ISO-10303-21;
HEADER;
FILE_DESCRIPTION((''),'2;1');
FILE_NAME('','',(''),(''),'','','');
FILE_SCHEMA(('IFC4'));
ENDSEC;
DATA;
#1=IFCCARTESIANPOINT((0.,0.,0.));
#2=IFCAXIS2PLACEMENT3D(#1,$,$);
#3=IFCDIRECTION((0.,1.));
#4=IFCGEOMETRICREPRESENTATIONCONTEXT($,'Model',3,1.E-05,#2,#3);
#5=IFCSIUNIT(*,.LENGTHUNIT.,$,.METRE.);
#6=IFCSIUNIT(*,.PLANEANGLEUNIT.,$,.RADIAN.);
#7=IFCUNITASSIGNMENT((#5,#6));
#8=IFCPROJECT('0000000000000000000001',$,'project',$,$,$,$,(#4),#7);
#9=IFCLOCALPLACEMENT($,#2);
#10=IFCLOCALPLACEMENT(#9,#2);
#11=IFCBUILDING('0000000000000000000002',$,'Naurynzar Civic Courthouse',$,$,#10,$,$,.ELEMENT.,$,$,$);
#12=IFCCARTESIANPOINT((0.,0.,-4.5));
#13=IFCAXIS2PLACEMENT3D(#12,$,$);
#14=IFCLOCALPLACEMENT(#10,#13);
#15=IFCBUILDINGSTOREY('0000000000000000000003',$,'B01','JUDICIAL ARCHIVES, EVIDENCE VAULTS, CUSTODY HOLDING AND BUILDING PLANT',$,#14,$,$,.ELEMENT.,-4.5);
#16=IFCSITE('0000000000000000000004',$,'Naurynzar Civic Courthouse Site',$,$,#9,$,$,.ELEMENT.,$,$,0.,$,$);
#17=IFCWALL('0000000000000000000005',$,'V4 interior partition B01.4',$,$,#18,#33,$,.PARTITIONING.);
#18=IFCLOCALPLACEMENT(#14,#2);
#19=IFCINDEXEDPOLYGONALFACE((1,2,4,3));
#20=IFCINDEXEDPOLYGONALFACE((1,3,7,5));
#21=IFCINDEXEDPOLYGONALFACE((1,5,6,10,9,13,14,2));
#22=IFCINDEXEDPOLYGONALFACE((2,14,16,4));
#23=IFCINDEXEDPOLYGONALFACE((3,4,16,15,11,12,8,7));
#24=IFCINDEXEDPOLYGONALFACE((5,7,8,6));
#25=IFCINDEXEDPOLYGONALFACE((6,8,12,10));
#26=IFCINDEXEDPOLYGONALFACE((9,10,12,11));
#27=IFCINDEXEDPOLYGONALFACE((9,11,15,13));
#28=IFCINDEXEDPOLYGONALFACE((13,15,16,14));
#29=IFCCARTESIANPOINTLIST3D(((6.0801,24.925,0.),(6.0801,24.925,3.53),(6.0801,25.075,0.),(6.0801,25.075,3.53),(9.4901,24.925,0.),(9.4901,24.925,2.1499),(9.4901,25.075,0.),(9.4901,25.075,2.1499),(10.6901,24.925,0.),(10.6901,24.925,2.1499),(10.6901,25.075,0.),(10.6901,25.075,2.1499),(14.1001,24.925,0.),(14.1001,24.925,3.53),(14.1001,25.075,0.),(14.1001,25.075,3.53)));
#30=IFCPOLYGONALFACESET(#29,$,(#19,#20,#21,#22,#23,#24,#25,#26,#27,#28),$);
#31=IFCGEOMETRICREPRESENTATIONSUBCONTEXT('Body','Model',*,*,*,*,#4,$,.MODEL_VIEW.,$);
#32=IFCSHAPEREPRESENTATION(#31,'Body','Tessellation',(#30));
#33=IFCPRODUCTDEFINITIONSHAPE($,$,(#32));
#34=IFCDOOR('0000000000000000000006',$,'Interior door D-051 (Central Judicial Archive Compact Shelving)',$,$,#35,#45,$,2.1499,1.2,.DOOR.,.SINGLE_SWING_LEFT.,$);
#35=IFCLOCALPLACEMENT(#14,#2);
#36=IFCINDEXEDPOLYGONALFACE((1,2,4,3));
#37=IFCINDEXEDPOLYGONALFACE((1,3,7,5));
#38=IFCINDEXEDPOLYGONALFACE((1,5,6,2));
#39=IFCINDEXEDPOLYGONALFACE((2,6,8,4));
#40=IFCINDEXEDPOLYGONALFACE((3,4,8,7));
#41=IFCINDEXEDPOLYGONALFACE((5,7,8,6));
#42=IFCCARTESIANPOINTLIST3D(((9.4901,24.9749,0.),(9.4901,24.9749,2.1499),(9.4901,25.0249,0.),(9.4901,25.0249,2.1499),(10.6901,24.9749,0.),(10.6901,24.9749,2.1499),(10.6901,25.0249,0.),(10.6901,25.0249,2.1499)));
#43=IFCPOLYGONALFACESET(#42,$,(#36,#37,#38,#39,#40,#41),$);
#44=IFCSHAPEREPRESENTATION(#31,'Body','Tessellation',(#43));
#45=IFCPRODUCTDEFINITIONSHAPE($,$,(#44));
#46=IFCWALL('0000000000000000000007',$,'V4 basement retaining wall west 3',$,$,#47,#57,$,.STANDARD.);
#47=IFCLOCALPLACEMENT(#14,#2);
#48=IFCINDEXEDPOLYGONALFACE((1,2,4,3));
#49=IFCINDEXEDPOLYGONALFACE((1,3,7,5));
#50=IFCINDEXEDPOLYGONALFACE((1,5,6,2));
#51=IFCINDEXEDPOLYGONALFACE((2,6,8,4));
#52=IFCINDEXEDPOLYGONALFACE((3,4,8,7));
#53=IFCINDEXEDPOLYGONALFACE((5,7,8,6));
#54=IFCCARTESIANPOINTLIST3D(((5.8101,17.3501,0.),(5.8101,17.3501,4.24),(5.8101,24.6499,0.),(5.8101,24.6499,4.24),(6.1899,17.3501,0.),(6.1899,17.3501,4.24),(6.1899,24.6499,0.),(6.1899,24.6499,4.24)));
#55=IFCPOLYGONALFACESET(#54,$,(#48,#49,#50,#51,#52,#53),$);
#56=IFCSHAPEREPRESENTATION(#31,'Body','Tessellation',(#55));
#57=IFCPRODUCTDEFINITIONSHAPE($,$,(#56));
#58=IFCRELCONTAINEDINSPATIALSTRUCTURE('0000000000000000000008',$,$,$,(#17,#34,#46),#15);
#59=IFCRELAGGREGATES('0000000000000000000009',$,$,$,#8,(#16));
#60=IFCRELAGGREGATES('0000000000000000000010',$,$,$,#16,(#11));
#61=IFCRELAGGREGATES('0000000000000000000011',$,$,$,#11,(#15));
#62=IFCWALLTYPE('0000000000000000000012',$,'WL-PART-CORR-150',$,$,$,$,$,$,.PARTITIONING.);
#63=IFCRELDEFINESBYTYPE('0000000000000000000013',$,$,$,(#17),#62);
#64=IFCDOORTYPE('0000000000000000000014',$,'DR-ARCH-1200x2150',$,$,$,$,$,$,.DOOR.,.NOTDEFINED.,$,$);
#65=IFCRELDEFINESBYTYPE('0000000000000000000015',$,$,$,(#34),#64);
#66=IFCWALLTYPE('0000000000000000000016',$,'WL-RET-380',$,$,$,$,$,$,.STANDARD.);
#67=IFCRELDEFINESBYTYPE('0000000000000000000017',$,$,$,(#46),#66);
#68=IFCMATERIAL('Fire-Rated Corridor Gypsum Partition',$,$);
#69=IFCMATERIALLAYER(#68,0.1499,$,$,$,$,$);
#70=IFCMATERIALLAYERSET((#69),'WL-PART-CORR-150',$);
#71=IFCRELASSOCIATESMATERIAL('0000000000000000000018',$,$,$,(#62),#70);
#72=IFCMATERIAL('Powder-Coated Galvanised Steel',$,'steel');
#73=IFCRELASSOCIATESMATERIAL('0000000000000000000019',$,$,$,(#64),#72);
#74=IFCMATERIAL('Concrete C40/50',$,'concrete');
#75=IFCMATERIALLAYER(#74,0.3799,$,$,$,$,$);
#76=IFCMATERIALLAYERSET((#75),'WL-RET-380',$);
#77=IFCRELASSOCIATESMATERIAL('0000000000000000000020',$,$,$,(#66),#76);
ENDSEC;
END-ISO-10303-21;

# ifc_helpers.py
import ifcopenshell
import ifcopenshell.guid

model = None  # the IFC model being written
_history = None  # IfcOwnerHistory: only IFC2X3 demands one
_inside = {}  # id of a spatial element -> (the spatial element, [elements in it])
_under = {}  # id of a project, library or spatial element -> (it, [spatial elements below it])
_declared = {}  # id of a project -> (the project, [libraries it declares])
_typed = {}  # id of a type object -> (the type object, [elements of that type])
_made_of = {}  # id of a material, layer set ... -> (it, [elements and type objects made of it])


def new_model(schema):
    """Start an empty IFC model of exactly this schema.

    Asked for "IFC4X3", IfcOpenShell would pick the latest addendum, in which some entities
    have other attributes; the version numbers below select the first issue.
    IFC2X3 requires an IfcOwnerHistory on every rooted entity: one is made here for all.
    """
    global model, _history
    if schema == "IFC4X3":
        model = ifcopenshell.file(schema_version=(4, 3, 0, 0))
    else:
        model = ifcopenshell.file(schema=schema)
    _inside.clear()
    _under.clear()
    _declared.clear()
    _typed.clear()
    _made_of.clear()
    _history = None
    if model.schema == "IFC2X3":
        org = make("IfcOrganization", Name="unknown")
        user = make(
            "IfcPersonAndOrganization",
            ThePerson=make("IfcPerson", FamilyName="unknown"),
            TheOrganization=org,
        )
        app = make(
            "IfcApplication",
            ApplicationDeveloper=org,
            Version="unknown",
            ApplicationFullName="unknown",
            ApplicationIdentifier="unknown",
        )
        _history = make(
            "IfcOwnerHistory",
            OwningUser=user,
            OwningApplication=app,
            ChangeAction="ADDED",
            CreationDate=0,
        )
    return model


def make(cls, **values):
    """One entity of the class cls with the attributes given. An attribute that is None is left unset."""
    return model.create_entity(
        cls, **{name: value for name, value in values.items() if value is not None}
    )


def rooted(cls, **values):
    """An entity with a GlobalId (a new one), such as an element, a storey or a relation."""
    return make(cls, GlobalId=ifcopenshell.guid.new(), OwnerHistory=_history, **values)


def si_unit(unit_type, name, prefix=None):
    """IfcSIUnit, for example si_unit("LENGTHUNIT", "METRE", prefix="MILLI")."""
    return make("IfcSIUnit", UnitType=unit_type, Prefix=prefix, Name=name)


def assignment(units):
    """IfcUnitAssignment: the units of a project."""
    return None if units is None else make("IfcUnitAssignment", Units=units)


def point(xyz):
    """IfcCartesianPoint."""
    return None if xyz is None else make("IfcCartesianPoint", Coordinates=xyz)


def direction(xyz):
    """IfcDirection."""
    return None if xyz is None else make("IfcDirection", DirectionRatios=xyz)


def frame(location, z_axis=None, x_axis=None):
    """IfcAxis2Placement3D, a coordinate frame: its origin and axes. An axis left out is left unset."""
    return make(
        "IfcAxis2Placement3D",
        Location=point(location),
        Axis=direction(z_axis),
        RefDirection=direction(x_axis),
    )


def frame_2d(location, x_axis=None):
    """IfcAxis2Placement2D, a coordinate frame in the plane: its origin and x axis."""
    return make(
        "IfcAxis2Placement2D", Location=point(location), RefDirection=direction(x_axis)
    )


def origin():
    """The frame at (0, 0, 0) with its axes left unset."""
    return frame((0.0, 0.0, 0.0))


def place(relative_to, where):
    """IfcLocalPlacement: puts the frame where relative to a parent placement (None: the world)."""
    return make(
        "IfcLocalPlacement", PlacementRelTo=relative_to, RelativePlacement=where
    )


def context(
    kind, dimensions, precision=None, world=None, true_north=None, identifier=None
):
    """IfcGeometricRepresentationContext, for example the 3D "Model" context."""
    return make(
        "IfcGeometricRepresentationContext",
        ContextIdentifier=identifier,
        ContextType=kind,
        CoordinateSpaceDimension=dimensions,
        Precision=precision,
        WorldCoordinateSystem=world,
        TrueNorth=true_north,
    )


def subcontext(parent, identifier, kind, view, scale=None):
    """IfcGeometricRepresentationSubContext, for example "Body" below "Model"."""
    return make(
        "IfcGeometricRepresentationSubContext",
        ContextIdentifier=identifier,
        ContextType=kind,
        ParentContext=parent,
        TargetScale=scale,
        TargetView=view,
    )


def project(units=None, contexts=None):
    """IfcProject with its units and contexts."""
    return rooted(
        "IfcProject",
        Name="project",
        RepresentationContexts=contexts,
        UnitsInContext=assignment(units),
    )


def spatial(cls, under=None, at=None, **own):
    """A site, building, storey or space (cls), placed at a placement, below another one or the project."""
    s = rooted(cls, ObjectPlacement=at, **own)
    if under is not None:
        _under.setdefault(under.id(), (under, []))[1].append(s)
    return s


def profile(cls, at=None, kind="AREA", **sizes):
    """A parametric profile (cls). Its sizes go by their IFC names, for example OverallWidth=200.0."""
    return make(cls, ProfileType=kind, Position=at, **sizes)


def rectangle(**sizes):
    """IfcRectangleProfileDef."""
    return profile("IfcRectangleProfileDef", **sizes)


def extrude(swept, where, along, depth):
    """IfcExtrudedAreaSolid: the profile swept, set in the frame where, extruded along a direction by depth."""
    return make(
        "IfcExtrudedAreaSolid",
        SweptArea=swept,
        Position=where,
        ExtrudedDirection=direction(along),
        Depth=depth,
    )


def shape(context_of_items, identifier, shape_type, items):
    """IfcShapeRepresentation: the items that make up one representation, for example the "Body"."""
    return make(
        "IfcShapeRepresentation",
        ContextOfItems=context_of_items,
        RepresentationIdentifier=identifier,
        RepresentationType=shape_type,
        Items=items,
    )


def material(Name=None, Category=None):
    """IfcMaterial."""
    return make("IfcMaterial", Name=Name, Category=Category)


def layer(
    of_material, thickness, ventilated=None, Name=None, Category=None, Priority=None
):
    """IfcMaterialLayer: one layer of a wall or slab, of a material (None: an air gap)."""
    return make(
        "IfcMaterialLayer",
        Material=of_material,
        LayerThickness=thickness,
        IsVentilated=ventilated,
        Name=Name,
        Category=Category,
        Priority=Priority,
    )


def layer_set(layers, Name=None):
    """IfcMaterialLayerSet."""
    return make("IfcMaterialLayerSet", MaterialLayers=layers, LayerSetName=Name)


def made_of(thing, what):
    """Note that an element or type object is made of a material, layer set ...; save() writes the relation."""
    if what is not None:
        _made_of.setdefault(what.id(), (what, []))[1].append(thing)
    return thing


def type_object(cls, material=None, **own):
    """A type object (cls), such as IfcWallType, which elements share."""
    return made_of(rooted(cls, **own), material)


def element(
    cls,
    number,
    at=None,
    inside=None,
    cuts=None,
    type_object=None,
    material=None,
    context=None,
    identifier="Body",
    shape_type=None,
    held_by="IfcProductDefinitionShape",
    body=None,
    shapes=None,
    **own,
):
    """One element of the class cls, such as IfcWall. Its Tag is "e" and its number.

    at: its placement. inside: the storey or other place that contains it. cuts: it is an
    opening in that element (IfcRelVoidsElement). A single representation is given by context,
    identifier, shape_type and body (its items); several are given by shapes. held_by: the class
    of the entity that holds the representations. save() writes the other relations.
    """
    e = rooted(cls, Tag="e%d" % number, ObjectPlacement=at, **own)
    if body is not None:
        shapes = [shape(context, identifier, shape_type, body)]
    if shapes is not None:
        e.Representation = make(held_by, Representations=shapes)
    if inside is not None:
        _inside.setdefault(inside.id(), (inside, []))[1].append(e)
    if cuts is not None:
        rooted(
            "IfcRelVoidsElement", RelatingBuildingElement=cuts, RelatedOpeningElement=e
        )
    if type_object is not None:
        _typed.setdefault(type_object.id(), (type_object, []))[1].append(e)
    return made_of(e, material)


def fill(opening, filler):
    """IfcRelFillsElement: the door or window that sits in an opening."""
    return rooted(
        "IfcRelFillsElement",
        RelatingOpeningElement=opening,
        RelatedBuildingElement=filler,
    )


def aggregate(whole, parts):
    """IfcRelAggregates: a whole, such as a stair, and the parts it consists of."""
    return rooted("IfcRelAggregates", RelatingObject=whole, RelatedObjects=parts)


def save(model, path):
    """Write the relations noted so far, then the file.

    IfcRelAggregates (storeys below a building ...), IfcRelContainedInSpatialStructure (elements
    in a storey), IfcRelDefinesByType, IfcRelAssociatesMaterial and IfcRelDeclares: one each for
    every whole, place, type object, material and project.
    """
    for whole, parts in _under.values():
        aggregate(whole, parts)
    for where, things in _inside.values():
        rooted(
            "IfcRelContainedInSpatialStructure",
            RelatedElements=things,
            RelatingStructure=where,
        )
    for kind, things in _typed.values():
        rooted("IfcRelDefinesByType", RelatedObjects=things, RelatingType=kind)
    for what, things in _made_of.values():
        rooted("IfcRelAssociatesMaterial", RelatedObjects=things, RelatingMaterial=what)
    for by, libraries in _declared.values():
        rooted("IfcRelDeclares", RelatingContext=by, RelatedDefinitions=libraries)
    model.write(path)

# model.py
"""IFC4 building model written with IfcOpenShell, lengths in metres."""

from ifc_helpers import new_model, si_unit, direction, frame, frame_2d, origin, place, context, subcontext, project, spatial, rectangle, extrude, material, layer, layer_set, type_object, element, fill, save


model = new_model("IFC4")

# Units and contexts
model_context = context("Model", 3, precision=1e-05, world=origin(), true_north=direction((0.0, 1.0)))
body_context = subcontext(model_context, "Body", "Model", "MODEL_VIEW")
ifc_project = project(units=[si_unit("LENGTHUNIT", "METRE"), si_unit("PLANEANGLEUNIT", "RADIAN")], contexts=[model_context])

# Site, building, storey
site_placement = place(None, origin())
site = spatial("IfcSite", under=ifc_project, at=site_placement, Name="Naurynzar Civic Courthouse Site", CompositionType="ELEMENT", RefElevation=0.0)
building_placement = place(site_placement, origin())
building = spatial("IfcBuilding", under=site, at=building_placement, Name="Naurynzar Civic Courthouse", CompositionType="ELEMENT")
storey_placement = place(building_placement, frame((0.0, 0.0, -4.5)))
storey = spatial("IfcBuildingStorey", under=building, at=storey_placement, Name="B01", Description="JUDICIAL ARCHIVES, EVIDENCE VAULTS, CUSTODY HOLDING AND BUILDING PLANT", CompositionType="ELEMENT", Elevation=-4.5)

# Wall, opening, door
ifc_material_1 = material(Name="Fire-Rated Corridor Gypsum Partition")
ifc_layer_1 = layer(ifc_material_1, 0.1499)
ifc_layer_set_1 = layer_set([ifc_layer_1], Name="WL-PART-CORR-150")
wall_type_1 = type_object("IfcWallType", Name="WL-PART-CORR-150", PredefinedType="PARTITIONING", material=ifc_layer_set_1)
wall_1_placement = place(storey_placement, frame((6.0801, 25.0, 0.0), z_axis=(0.0, 0.0, 1.0), x_axis=(1.0, 0.0, 0.0)))
wall_1 = element("IfcWall", 1, at=wall_1_placement, inside=storey, type_object=wall_type_1, Name="V4 interior partition B01.4", PredefinedType="PARTITIONING", context=body_context, shape_type="SweptSolid", body=[
    extrude(rectangle(XDim=8.02, YDim=0.1499, at=frame_2d((4.01, 0.0))), origin(), (0.0, 0.0, 1.0), 3.53),
])
opening_placement = place(wall_1_placement, frame((3.4099, 0.0, 0.0)))
opening = element("IfcOpeningElement", 2, at=opening_placement, cuts=wall_1, PredefinedType="OPENING", context=body_context, shape_type="SweptSolid", body=[
    extrude(rectangle(XDim=1.2, YDim=2.1499, at=frame_2d((0.6001, 1.075))), frame((0.0, 0.085, 0.0), z_axis=(0.0, -1.0, 0.0), x_axis=(1.0, 0.0, 0.0)), (0.0, 0.0, 1.0), 0.1699),
])
ifc_material_2 = material(Name="Powder-Coated Galvanised Steel", Category="steel")
door_type = type_object("IfcDoorType", Name="DR-ARCH-1200x2150", OperationType="NOTDEFINED", PredefinedType="DOOR", material=ifc_material_2)
door_placement = place(opening_placement, origin())
door = element("IfcDoor", 3, at=door_placement, inside=storey, type_object=door_type, Name="Interior door D-051 (Central Judicial Archive Compact Shelving)", OperationType="SINGLE_SWING_LEFT", OverallHeight=2.1499, OverallWidth=1.2, PredefinedType="DOOR", context=body_context, shape_type="SweptSolid", body=[
    extrude(rectangle(XDim=1.2, YDim=2.1499, at=frame_2d((0.6001, 1.075))), frame((0.0, 0.0249, 0.0), z_axis=(0.0, -1.0, 0.0), x_axis=(1.0, 0.0, 0.0)), (0.0, 0.0, 1.0), 0.05),
])
fill(opening, door)

# Wall
ifc_material_3 = material(Name="Concrete C40/50", Category="concrete")
ifc_layer_2 = layer(ifc_material_3, 0.3799)
ifc_layer_set_2 = layer_set([ifc_layer_2], Name="WL-RET-380")
wall_type_2 = type_object("IfcWallType", Name="WL-RET-380", PredefinedType="STANDARD", material=ifc_layer_set_2)
wall_2_placement = place(storey_placement, frame((6.0, 17.3501, 0.0), z_axis=(0.0, 0.0, 1.0), x_axis=(0.0, 1.0, 0.0)))
element("IfcWall", 4, at=wall_2_placement, inside=storey, type_object=wall_type_2, Name="V4 basement retaining wall west 3", PredefinedType="STANDARD", context=body_context, shape_type="SweptSolid", body=[
    extrude(rectangle(XDim=7.2998, YDim=0.3799, at=frame_2d((3.6499, 0.0))), origin(), (0.0, 0.0, 1.0), 4.24),
])

save(model, "model.ifc")
